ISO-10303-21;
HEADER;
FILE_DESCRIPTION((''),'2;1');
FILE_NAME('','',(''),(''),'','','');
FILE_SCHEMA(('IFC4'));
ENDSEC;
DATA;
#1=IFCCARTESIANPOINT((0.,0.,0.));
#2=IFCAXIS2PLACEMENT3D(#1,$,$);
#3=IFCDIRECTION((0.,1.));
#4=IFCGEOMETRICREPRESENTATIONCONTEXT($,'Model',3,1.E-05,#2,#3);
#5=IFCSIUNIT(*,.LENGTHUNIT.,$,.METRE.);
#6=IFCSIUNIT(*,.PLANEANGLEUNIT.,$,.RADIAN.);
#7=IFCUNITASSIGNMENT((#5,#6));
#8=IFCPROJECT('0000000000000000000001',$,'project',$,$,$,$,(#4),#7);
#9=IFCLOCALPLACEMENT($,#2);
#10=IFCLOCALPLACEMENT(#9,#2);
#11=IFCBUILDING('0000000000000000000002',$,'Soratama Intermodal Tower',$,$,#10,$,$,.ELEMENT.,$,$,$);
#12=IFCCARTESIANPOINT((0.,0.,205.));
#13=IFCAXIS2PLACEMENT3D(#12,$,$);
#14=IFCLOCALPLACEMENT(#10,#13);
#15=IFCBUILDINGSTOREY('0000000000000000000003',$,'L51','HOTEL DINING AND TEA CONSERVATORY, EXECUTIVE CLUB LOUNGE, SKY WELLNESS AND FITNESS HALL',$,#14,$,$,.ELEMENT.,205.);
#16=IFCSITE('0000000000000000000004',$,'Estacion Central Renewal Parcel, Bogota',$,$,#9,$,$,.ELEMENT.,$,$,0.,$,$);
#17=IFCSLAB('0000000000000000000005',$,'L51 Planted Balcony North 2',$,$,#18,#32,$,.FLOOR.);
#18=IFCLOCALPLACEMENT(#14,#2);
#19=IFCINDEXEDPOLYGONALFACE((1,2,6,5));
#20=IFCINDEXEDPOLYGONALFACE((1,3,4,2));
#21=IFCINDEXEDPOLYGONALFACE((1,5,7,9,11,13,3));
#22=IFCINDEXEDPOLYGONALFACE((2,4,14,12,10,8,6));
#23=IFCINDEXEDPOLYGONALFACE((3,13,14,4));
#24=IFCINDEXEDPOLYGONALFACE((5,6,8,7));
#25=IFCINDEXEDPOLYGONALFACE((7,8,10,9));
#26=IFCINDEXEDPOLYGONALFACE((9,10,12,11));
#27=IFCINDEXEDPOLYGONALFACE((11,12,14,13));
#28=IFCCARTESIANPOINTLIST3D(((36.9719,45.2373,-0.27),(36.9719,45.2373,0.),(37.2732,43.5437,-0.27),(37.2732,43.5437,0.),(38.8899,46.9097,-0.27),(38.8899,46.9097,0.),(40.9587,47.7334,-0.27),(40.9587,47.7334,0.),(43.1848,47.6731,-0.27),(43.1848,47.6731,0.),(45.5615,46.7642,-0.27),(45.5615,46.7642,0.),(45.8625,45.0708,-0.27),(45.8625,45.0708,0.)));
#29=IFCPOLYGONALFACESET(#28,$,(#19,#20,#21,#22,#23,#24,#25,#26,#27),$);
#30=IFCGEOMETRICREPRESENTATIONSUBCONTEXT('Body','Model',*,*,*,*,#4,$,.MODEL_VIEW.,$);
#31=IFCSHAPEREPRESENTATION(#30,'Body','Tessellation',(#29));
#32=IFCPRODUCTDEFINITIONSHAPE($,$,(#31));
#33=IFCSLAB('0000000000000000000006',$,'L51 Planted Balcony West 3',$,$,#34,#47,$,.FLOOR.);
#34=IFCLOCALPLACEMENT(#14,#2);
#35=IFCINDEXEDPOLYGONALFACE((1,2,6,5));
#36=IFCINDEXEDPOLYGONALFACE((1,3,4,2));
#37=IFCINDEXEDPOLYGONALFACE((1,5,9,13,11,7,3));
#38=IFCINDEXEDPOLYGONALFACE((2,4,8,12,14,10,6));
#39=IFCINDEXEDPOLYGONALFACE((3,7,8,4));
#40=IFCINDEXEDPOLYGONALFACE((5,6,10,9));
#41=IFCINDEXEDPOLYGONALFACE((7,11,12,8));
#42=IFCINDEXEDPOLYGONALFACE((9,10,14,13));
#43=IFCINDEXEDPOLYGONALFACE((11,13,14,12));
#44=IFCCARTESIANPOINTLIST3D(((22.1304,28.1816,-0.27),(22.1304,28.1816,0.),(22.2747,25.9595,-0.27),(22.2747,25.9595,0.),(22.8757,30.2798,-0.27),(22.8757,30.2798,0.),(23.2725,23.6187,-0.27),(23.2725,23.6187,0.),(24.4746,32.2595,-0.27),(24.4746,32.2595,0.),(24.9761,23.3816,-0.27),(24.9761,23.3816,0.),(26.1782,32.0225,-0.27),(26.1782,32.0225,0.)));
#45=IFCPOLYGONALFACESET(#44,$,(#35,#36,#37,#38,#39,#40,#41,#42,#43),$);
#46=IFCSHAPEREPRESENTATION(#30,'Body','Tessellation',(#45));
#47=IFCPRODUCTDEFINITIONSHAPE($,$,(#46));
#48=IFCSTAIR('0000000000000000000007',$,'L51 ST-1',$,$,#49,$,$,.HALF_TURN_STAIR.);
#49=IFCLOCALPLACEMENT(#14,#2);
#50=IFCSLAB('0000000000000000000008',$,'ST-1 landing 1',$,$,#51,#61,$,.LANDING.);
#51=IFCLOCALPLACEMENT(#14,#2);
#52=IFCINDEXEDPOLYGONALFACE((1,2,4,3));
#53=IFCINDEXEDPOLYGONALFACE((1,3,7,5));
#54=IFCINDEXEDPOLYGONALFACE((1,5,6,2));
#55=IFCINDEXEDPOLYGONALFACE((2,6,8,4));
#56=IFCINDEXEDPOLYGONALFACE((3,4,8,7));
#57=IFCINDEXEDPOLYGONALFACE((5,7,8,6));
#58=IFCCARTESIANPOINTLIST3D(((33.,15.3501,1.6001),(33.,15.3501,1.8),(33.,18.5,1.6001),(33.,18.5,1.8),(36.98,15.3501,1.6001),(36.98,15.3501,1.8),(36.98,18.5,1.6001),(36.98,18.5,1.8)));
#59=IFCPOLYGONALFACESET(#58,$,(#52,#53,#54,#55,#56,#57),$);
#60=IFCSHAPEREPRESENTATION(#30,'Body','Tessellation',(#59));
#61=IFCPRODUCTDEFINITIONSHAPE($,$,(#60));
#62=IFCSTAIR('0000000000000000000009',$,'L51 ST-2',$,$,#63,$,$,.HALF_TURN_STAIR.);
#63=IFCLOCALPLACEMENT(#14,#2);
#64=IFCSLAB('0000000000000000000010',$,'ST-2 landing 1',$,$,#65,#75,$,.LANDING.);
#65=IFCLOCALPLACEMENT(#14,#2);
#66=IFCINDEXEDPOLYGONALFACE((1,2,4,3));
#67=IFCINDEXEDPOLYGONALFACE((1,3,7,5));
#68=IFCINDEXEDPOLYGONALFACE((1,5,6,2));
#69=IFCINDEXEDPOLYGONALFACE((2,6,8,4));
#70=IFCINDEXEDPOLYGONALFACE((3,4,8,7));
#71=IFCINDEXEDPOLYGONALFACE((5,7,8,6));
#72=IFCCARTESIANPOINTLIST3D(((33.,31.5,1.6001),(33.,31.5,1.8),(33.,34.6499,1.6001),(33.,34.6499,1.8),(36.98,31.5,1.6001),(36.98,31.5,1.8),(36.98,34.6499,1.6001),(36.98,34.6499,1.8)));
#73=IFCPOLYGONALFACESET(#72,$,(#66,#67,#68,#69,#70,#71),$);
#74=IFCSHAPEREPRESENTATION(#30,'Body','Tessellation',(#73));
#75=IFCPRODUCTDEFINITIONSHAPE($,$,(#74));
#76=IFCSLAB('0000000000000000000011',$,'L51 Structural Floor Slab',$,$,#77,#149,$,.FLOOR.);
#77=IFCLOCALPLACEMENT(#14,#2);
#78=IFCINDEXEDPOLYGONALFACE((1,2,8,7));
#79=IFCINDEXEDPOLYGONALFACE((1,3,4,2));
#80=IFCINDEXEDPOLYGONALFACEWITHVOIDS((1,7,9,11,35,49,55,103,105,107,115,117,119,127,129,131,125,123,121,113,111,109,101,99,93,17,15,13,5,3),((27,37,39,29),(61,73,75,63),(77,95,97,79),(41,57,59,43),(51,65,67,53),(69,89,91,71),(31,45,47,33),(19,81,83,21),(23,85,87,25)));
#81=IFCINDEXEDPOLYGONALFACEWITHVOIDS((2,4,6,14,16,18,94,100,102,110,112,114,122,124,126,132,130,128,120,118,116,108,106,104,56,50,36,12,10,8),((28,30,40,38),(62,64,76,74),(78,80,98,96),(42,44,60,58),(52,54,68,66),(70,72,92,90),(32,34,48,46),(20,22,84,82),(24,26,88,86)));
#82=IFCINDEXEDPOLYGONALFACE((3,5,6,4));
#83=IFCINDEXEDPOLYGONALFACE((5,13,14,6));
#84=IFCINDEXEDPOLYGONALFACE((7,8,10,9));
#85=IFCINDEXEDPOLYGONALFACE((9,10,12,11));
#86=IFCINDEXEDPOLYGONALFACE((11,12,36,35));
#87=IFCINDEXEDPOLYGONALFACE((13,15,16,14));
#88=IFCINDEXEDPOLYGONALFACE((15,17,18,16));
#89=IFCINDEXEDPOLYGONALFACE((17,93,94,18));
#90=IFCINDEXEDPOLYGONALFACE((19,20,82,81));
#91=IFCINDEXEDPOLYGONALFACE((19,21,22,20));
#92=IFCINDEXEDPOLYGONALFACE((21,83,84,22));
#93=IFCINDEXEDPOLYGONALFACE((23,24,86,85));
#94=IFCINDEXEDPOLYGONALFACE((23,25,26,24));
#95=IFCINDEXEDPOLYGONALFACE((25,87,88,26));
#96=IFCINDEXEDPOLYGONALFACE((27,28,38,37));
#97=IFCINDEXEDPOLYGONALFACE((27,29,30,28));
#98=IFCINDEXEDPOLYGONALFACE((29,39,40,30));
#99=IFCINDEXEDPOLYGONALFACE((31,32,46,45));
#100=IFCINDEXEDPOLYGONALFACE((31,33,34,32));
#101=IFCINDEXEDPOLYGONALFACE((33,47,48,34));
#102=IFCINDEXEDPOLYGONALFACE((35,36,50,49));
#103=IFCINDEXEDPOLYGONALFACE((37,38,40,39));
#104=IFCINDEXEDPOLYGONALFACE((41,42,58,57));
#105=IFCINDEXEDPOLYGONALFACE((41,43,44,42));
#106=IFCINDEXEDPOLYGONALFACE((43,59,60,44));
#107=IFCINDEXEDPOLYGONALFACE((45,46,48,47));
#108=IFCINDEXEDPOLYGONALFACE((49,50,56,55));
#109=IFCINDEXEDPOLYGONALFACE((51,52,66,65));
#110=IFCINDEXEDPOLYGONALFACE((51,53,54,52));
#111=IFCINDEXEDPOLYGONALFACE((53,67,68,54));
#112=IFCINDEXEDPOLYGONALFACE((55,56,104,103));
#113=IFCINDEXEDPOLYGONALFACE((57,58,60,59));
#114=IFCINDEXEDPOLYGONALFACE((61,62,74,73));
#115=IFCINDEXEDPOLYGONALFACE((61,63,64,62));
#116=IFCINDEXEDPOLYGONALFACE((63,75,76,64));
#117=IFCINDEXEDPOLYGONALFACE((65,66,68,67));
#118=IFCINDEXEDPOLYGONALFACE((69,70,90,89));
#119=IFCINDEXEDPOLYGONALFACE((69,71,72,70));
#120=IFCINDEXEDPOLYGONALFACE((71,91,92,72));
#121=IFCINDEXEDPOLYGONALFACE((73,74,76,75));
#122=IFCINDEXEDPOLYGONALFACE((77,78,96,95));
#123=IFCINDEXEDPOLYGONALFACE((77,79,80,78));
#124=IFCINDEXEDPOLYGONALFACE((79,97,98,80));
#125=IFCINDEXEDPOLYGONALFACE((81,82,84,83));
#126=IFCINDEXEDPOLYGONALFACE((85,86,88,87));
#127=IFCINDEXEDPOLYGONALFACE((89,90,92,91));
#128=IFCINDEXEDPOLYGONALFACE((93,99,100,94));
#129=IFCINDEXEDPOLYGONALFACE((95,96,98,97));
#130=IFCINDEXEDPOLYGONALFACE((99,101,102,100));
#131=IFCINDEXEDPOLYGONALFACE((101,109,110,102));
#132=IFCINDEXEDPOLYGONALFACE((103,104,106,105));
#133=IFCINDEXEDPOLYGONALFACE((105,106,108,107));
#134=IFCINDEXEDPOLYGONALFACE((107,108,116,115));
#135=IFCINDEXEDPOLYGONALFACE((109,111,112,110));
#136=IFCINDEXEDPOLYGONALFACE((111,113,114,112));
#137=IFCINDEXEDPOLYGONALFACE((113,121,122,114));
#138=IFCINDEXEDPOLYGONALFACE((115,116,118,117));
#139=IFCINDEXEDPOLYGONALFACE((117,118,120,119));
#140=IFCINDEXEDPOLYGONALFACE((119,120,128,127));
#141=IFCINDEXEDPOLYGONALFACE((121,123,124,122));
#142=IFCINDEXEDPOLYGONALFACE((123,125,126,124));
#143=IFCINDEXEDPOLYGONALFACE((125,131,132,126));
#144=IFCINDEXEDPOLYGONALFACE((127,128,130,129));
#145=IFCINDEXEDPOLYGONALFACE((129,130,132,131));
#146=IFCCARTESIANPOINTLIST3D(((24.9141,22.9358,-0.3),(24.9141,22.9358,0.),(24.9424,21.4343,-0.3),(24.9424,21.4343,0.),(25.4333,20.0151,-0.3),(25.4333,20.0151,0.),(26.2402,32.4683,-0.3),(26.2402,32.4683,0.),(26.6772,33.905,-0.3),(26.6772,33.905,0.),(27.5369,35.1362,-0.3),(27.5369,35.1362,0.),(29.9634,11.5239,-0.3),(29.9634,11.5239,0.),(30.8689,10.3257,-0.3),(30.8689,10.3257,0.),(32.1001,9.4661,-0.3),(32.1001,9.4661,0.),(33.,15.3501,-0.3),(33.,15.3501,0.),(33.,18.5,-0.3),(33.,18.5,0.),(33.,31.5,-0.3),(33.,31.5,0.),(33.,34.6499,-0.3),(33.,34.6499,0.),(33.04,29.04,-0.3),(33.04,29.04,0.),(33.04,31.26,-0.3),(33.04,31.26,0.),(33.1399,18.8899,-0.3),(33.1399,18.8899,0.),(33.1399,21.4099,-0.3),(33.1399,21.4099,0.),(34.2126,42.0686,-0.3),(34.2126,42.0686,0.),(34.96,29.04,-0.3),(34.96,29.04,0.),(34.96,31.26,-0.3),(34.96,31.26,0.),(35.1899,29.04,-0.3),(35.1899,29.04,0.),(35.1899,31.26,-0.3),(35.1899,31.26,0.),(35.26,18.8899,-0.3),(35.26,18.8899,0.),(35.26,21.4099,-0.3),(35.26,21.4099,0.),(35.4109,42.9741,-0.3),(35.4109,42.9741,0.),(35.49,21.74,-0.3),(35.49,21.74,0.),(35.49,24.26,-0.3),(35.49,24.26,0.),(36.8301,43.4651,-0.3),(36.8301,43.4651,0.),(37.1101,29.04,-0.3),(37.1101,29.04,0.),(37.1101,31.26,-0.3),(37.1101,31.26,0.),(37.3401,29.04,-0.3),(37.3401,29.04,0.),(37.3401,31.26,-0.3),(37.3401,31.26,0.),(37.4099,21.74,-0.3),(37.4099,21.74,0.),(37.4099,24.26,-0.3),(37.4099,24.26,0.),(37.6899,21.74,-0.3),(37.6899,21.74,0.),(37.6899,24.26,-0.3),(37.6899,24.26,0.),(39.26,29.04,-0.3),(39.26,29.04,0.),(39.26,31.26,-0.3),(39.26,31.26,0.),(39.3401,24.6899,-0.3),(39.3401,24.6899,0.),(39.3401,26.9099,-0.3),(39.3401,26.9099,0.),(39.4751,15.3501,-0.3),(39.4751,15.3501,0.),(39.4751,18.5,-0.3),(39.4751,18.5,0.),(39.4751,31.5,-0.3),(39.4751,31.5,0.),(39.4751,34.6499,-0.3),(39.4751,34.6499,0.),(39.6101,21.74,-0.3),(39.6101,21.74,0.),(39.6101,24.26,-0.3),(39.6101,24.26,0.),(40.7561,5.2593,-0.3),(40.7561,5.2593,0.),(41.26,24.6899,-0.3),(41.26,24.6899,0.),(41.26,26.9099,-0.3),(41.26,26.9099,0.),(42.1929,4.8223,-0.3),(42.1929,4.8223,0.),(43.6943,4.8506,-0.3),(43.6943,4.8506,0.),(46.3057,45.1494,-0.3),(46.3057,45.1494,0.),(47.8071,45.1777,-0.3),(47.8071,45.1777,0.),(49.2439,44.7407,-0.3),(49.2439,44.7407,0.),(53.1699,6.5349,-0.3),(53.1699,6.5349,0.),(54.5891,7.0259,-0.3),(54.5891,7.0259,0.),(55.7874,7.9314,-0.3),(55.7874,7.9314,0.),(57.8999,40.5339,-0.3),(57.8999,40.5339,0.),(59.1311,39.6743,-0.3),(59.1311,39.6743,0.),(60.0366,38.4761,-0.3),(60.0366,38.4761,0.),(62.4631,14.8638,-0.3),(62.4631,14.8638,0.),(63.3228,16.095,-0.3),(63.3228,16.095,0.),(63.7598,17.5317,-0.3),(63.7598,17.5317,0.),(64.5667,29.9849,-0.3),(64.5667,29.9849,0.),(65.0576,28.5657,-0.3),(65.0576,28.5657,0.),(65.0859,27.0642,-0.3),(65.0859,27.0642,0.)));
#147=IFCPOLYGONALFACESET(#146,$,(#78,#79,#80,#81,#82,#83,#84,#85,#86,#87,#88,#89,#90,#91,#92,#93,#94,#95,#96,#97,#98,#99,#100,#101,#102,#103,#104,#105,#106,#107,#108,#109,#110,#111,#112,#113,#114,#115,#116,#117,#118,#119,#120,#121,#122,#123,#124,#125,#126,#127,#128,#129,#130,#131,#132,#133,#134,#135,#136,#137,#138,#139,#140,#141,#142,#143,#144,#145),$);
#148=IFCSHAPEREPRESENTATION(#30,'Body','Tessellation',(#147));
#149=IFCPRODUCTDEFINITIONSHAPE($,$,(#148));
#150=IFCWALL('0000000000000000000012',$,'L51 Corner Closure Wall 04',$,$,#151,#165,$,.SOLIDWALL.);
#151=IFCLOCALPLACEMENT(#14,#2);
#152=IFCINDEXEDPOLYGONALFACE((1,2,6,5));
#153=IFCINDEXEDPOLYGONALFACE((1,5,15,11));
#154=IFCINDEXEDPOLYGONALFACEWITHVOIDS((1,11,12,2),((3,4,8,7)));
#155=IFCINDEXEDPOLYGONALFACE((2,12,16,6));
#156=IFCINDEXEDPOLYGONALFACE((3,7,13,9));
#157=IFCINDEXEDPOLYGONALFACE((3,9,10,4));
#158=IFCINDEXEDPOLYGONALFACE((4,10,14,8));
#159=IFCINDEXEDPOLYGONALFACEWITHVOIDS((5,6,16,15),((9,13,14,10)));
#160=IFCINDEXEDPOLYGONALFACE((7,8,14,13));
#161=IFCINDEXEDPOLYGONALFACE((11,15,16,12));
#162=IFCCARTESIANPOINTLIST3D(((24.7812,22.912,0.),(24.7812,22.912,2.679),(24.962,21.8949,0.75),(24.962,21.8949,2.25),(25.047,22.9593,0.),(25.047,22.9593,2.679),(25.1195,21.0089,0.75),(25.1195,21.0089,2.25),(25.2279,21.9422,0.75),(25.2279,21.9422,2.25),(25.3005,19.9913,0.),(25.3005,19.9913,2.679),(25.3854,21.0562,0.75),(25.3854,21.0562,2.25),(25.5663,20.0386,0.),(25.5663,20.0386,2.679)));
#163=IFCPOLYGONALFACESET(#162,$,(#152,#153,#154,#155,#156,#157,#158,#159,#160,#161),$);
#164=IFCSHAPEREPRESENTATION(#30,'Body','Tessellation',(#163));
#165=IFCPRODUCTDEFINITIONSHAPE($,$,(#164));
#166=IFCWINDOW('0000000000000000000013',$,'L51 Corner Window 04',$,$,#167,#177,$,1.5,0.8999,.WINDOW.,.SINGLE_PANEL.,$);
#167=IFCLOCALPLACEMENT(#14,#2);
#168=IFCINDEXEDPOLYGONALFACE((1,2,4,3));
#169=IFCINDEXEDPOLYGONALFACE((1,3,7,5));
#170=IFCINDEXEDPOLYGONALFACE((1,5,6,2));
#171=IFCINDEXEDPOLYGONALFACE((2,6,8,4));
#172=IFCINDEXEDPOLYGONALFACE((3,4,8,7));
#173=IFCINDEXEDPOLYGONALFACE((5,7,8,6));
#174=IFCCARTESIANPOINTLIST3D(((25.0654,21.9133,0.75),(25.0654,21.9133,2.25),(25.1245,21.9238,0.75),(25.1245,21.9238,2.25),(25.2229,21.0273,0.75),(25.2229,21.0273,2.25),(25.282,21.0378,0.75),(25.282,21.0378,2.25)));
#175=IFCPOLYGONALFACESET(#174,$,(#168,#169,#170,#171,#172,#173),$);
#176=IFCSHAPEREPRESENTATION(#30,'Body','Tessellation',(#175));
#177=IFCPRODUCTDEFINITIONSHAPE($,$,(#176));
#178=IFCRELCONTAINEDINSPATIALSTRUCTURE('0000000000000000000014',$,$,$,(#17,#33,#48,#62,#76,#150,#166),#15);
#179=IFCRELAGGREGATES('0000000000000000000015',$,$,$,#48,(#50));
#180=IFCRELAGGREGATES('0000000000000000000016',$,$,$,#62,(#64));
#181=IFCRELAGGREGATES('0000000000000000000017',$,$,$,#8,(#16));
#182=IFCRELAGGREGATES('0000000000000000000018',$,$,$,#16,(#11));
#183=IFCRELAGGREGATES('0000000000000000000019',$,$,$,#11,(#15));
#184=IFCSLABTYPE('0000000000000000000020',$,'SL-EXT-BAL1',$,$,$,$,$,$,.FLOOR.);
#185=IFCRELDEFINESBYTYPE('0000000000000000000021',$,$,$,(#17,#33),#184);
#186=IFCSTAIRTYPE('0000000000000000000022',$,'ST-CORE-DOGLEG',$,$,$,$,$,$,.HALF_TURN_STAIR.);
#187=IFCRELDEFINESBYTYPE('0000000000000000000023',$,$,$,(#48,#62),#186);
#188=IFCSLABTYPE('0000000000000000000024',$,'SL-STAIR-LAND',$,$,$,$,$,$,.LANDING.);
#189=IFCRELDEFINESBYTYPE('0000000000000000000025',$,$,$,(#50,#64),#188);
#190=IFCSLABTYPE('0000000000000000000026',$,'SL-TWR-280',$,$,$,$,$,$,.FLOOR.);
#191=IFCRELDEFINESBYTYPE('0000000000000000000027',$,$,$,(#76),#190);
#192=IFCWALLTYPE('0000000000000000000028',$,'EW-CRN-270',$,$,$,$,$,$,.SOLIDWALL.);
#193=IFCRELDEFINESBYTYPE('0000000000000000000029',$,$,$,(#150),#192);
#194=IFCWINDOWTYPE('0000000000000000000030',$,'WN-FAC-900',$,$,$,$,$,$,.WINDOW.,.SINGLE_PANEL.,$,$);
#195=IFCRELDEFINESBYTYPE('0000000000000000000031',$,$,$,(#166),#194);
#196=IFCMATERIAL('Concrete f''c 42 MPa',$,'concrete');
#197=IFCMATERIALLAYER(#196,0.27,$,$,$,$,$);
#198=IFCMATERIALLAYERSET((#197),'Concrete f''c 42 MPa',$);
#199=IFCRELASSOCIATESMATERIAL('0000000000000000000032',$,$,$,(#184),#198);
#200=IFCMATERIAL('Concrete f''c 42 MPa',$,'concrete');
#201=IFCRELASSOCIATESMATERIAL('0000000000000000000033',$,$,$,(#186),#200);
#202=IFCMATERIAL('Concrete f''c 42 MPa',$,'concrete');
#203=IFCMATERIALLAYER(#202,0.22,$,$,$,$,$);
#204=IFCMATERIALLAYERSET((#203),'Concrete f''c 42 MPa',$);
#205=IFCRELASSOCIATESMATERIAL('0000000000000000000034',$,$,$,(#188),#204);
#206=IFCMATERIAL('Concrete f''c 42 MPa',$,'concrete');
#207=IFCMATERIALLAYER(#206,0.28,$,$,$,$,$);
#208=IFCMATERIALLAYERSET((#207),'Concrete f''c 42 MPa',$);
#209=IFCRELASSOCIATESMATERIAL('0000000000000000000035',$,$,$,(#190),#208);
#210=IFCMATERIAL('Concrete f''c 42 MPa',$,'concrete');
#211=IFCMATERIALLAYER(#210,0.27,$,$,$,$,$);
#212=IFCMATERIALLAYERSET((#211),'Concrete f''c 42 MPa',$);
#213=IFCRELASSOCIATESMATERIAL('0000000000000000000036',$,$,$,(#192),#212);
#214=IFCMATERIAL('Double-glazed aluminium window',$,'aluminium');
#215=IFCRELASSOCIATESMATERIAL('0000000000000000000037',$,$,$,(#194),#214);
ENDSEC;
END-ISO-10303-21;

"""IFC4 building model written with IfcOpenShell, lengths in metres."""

from ifc_helpers import new_model, si_unit, direction, frame, frame_2d, origin, place, context, subcontext, project, spatial, polyline, rectangle, outline, extrude, material, layer, layer_set, type_object, element, fill, aggregate, save


model = new_model("IFC4")

# Units and contexts
model_context = context("Model", 3, precision=1e-05, world=origin(), true_north=direction((0.0, 1.0)))
body_context = subcontext(model_context, "Body", "Model", "MODEL_VIEW")
ifc_project = project(units=[si_unit("LENGTHUNIT", "METRE"), si_unit("PLANEANGLEUNIT", "RADIAN")], contexts=[model_context])

# Site, building, storey
site_placement = place(None, origin())
site = spatial("IfcSite", under=ifc_project, at=site_placement, Name="Estacion Central Renewal Parcel, Bogota", CompositionType="ELEMENT", RefElevation=0.0)
building_placement = place(site_placement, origin())
building = spatial("IfcBuilding", under=site, at=building_placement, Name="Soratama Intermodal Tower", CompositionType="ELEMENT")
storey_placement = place(building_placement, frame((0.0, 0.0, 205.0)))
storey = spatial("IfcBuildingStorey", under=building, at=storey_placement, Name="L51", Description="HOTEL DINING AND TEA CONSERVATORY, EXECUTIVE CLUB LOUNGE, SKY WELLNESS AND FITNESS HALL", CompositionType="ELEMENT", Elevation=205.0)

# Slabs
ifc_material_1 = material(Name="Concrete f'c 42 MPa", Category="concrete")
ifc_layer_1 = layer(ifc_material_1, 0.27)
ifc_layer_set_1 = layer_set([ifc_layer_1], Name="Concrete f'c 42 MPa")
slab_type_1 = type_object("IfcSlabType", Name="SL-EXT-BAL1", PredefinedType="FLOOR", material=ifc_layer_set_1)
slab_1_placement = place(storey_placement, frame((0.0, 0.0, -0.27)))
element("IfcSlab", 1, at=slab_1_placement, inside=storey, type_object=slab_type_1, Name="L51 Planted Balcony North 2", PredefinedType="FLOOR", context=body_context, shape_type="SweptSolid", body=[
    extrude(outline(polyline([(45.8625, 45.0708), (37.2732, 43.5437), (36.9719, 45.2373), (38.8899, 46.9097), (40.9587, 47.7334), (43.1848, 47.6731), (45.5615, 46.7642), (45.8625, 45.0708)])), origin(), (0.0, 0.0, 1.0), 0.27),
])
slab_2_placement = place(storey_placement, frame((0.0, 0.0, -0.27)))
element("IfcSlab", 2, at=slab_2_placement, inside=storey, type_object=slab_type_1, Name="L51 Planted Balcony West 3", PredefinedType="FLOOR", context=body_context, shape_type="SweptSolid", body=[
    extrude(outline(polyline([(26.1782, 32.0225), (24.9761, 23.3816), (23.2725, 23.6187), (22.2747, 25.9595), (22.1304, 28.1816), (22.8757, 30.2798), (24.4746, 32.2595), (26.1782, 32.0225)])), origin(), (0.0, 0.0, 1.0), 0.27),
])

# Stairs, slabs
ifc_material_2 = material(Name="Concrete f'c 42 MPa", Category="concrete")
stair_type = type_object("IfcStairType", Name="ST-CORE-DOGLEG", PredefinedType="HALF_TURN_STAIR", material=ifc_material_2)
stair_1_placement = place(storey_placement, origin())
stair_1 = element("IfcStair", 3, at=stair_1_placement, inside=storey, type_object=stair_type, Name="L51 ST-1", PredefinedType="HALF_TURN_STAIR")
ifc_material_3 = material(Name="Concrete f'c 42 MPa", Category="concrete")
ifc_layer_2 = layer(ifc_material_3, 0.22)
ifc_layer_set_2 = layer_set([ifc_layer_2], Name="Concrete f'c 42 MPa")
slab_type_2 = type_object("IfcSlabType", Name="SL-STAIR-LAND", PredefinedType="LANDING", material=ifc_layer_set_2)
slab_3_placement = place(storey_placement, frame((0.0, 0.0, 1.6001)))
slab_3 = element("IfcSlab", 4, at=slab_3_placement, type_object=slab_type_2, Name="ST-1 landing 1", PredefinedType="LANDING", context=body_context, shape_type="SweptSolid", body=[
    extrude(outline(polyline([(36.98, 18.5), (33.0, 18.5), (33.0, 15.3501), (36.98, 15.3501), (36.98, 18.5)])), origin(), (0.0, 0.0, 1.0), 0.2),
])
aggregate(stair_1, [slab_3])
stair_2_placement = place(storey_placement, origin())
stair_2 = element("IfcStair", 5, at=stair_2_placement, inside=storey, type_object=stair_type, Name="L51 ST-2", PredefinedType="HALF_TURN_STAIR")
slab_4_placement = place(storey_placement, frame((0.0, 0.0, 1.6001)))
slab_4 = element("IfcSlab", 6, at=slab_4_placement, type_object=slab_type_2, Name="ST-2 landing 1", PredefinedType="LANDING", context=body_context, shape_type="SweptSolid", body=[
    extrude(outline(polyline([(36.98, 34.6499), (33.0, 34.6499), (33.0, 31.5), (36.98, 31.5), (36.98, 34.6499)])), origin(), (0.0, 0.0, 1.0), 0.2),
])
aggregate(stair_2, [slab_4])

# Slab
ifc_material_4 = material(Name="Concrete f'c 42 MPa", Category="concrete")
ifc_layer_3 = layer(ifc_material_4, 0.28)
ifc_layer_set_3 = layer_set([ifc_layer_3], Name="Concrete f'c 42 MPa")
slab_type_3 = type_object("IfcSlabType", Name="SL-TWR-280", PredefinedType="FLOOR", material=ifc_layer_set_3)
slab_5_placement = place(storey_placement, frame((0.0, 0.0, -0.3)))
element("IfcSlab", 7, at=slab_5_placement, inside=storey, type_object=slab_type_3, Name="L51 Structural Floor Slab", PredefinedType="FLOOR", context=body_context, shape_type="SweptSolid", body=[
    extrude(outline(polyline([(60.0366, 38.4761), (59.1311, 39.6743), (57.8999, 40.5339), (49.2439, 44.7407), (47.8071, 45.1777), (46.3057, 45.1494), (36.8301, 43.4651), (35.4109, 42.9741), (34.2126, 42.0686), (27.5369, 35.1362), (26.6772, 33.905), (26.2402, 32.4683), (24.9141, 22.9358), (24.9424, 21.4343), (25.4333, 20.0151), (29.9634, 11.5239), (30.8689, 10.3257), (32.1001, 9.4661), (40.7561, 5.2593), (42.1929, 4.8223), (43.6943, 4.8506), (53.1699, 6.5349), (54.5891, 7.0259), (55.7874, 7.9314), (62.4631, 14.8638), (63.3228, 16.095), (63.7598, 17.5317), (65.0859, 27.0642), (65.0576, 28.5657), (64.5667, 29.9849), (60.0366, 38.4761)]), holes=[polyline([(33.0, 18.5), (33.0, 15.3501), (39.4751, 15.3501), (39.4751, 18.5), (33.0, 18.5)]), polyline([(35.26, 21.4099), (33.1399, 21.4099), (33.1399, 18.8899), (35.26, 18.8899), (35.26, 21.4099)]), polyline([(37.4099, 24.26), (35.49, 24.26), (35.49, 21.74), (37.4099, 21.74), (37.4099, 24.26)]), polyline([(39.6101, 24.26), (37.6899, 24.26), (37.6899, 21.74), (39.6101, 21.74), (39.6101, 24.26)]), polyline([(41.26, 26.9099), (39.3401, 26.9099), (39.3401, 24.6899), (41.26, 24.6899), (41.26, 26.9099)]), polyline([(34.96, 31.26), (33.04, 31.26), (33.04, 29.04), (34.96, 29.04), (34.96, 31.26)]), polyline([(37.1101, 31.26), (35.1899, 31.26), (35.1899, 29.04), (37.1101, 29.04), (37.1101, 31.26)]), polyline([(39.26, 29.04), (39.26, 31.26), (37.3401, 31.26), (37.3401, 29.04), (39.26, 29.04)]), polyline([(39.4751, 34.6499), (33.0, 34.6499), (33.0, 31.5), (39.4751, 31.5), (39.4751, 34.6499)])]), origin(), (0.0, 0.0, 1.0), 0.3),
])

# Wall, opening, window
ifc_material_5 = material(Name="Concrete f'c 42 MPa", Category="concrete")
ifc_layer_4 = layer(ifc_material_5, 0.27)
ifc_layer_set_4 = layer_set([ifc_layer_4], Name="Concrete f'c 42 MPa")
wall_type = type_object("IfcWallType", Name="EW-CRN-270", PredefinedType="SOLIDWALL", material=ifc_layer_set_4)
wall_placement = place(storey_placement, frame((24.9141, 22.9358, 0.0), z_axis=(0.0, 0.0, 1.0), x_axis=(0.175053, -0.984559, 0.0)))
wall = element("IfcWall", 8, at=wall_placement, inside=storey, type_object=wall_type, Name="L51 Corner Closure Wall 04", PredefinedType="SOLIDWALL", context=body_context, shape_type="SweptSolid", body=[
    extrude(rectangle(XDim=2.9666, YDim=0.27, at=frame_2d((1.4834, 0.0))), origin(), (0.0, 0.0, 1.0), 2.679),
])
opening_placement = place(wall_placement, frame((1.0332, 0.0, 0.75)))
opening = element("IfcOpeningElement", 9, at=opening_placement, cuts=wall, PredefinedType="OPENING", context=body_context, shape_type="SweptSolid", body=[
    extrude(rectangle(XDim=0.8999, YDim=1.5, at=frame_2d((0.45, 0.75))), frame((0.0, 0.145, 0.0), z_axis=(0.0, -1.0, 0.0), x_axis=(1.0, 0.0, 0.0)), (0.0, 0.0, 1.0), 0.29),
])
ifc_material_6 = material(Name="Double-glazed aluminium window", Category="aluminium")
window_type = type_object("IfcWindowType", Name="WN-FAC-900", PartitioningType="SINGLE_PANEL", PredefinedType="WINDOW", material=ifc_material_6)
window_placement = place(opening_placement, origin())
window = element("IfcWindow", 10, at=window_placement, inside=storey, type_object=window_type, Name="L51 Corner Window 04", OverallHeight=1.5, OverallWidth=0.8999, PartitioningType="SINGLE_PANEL", PredefinedType="WINDOW", context=body_context, shape_type="SweptSolid", body=[
    extrude(rectangle(XDim=0.8999, YDim=1.5, at=frame_2d((0.45, 0.75))), frame((0.0, 0.03, 0.0), z_axis=(0.0, -1.0, 0.0), x_axis=(1.0, 0.0, 0.0)), (0.0, 0.0, 1.0), 0.0601),
])
fill(opening, window)

save(model, "model.ifc")
